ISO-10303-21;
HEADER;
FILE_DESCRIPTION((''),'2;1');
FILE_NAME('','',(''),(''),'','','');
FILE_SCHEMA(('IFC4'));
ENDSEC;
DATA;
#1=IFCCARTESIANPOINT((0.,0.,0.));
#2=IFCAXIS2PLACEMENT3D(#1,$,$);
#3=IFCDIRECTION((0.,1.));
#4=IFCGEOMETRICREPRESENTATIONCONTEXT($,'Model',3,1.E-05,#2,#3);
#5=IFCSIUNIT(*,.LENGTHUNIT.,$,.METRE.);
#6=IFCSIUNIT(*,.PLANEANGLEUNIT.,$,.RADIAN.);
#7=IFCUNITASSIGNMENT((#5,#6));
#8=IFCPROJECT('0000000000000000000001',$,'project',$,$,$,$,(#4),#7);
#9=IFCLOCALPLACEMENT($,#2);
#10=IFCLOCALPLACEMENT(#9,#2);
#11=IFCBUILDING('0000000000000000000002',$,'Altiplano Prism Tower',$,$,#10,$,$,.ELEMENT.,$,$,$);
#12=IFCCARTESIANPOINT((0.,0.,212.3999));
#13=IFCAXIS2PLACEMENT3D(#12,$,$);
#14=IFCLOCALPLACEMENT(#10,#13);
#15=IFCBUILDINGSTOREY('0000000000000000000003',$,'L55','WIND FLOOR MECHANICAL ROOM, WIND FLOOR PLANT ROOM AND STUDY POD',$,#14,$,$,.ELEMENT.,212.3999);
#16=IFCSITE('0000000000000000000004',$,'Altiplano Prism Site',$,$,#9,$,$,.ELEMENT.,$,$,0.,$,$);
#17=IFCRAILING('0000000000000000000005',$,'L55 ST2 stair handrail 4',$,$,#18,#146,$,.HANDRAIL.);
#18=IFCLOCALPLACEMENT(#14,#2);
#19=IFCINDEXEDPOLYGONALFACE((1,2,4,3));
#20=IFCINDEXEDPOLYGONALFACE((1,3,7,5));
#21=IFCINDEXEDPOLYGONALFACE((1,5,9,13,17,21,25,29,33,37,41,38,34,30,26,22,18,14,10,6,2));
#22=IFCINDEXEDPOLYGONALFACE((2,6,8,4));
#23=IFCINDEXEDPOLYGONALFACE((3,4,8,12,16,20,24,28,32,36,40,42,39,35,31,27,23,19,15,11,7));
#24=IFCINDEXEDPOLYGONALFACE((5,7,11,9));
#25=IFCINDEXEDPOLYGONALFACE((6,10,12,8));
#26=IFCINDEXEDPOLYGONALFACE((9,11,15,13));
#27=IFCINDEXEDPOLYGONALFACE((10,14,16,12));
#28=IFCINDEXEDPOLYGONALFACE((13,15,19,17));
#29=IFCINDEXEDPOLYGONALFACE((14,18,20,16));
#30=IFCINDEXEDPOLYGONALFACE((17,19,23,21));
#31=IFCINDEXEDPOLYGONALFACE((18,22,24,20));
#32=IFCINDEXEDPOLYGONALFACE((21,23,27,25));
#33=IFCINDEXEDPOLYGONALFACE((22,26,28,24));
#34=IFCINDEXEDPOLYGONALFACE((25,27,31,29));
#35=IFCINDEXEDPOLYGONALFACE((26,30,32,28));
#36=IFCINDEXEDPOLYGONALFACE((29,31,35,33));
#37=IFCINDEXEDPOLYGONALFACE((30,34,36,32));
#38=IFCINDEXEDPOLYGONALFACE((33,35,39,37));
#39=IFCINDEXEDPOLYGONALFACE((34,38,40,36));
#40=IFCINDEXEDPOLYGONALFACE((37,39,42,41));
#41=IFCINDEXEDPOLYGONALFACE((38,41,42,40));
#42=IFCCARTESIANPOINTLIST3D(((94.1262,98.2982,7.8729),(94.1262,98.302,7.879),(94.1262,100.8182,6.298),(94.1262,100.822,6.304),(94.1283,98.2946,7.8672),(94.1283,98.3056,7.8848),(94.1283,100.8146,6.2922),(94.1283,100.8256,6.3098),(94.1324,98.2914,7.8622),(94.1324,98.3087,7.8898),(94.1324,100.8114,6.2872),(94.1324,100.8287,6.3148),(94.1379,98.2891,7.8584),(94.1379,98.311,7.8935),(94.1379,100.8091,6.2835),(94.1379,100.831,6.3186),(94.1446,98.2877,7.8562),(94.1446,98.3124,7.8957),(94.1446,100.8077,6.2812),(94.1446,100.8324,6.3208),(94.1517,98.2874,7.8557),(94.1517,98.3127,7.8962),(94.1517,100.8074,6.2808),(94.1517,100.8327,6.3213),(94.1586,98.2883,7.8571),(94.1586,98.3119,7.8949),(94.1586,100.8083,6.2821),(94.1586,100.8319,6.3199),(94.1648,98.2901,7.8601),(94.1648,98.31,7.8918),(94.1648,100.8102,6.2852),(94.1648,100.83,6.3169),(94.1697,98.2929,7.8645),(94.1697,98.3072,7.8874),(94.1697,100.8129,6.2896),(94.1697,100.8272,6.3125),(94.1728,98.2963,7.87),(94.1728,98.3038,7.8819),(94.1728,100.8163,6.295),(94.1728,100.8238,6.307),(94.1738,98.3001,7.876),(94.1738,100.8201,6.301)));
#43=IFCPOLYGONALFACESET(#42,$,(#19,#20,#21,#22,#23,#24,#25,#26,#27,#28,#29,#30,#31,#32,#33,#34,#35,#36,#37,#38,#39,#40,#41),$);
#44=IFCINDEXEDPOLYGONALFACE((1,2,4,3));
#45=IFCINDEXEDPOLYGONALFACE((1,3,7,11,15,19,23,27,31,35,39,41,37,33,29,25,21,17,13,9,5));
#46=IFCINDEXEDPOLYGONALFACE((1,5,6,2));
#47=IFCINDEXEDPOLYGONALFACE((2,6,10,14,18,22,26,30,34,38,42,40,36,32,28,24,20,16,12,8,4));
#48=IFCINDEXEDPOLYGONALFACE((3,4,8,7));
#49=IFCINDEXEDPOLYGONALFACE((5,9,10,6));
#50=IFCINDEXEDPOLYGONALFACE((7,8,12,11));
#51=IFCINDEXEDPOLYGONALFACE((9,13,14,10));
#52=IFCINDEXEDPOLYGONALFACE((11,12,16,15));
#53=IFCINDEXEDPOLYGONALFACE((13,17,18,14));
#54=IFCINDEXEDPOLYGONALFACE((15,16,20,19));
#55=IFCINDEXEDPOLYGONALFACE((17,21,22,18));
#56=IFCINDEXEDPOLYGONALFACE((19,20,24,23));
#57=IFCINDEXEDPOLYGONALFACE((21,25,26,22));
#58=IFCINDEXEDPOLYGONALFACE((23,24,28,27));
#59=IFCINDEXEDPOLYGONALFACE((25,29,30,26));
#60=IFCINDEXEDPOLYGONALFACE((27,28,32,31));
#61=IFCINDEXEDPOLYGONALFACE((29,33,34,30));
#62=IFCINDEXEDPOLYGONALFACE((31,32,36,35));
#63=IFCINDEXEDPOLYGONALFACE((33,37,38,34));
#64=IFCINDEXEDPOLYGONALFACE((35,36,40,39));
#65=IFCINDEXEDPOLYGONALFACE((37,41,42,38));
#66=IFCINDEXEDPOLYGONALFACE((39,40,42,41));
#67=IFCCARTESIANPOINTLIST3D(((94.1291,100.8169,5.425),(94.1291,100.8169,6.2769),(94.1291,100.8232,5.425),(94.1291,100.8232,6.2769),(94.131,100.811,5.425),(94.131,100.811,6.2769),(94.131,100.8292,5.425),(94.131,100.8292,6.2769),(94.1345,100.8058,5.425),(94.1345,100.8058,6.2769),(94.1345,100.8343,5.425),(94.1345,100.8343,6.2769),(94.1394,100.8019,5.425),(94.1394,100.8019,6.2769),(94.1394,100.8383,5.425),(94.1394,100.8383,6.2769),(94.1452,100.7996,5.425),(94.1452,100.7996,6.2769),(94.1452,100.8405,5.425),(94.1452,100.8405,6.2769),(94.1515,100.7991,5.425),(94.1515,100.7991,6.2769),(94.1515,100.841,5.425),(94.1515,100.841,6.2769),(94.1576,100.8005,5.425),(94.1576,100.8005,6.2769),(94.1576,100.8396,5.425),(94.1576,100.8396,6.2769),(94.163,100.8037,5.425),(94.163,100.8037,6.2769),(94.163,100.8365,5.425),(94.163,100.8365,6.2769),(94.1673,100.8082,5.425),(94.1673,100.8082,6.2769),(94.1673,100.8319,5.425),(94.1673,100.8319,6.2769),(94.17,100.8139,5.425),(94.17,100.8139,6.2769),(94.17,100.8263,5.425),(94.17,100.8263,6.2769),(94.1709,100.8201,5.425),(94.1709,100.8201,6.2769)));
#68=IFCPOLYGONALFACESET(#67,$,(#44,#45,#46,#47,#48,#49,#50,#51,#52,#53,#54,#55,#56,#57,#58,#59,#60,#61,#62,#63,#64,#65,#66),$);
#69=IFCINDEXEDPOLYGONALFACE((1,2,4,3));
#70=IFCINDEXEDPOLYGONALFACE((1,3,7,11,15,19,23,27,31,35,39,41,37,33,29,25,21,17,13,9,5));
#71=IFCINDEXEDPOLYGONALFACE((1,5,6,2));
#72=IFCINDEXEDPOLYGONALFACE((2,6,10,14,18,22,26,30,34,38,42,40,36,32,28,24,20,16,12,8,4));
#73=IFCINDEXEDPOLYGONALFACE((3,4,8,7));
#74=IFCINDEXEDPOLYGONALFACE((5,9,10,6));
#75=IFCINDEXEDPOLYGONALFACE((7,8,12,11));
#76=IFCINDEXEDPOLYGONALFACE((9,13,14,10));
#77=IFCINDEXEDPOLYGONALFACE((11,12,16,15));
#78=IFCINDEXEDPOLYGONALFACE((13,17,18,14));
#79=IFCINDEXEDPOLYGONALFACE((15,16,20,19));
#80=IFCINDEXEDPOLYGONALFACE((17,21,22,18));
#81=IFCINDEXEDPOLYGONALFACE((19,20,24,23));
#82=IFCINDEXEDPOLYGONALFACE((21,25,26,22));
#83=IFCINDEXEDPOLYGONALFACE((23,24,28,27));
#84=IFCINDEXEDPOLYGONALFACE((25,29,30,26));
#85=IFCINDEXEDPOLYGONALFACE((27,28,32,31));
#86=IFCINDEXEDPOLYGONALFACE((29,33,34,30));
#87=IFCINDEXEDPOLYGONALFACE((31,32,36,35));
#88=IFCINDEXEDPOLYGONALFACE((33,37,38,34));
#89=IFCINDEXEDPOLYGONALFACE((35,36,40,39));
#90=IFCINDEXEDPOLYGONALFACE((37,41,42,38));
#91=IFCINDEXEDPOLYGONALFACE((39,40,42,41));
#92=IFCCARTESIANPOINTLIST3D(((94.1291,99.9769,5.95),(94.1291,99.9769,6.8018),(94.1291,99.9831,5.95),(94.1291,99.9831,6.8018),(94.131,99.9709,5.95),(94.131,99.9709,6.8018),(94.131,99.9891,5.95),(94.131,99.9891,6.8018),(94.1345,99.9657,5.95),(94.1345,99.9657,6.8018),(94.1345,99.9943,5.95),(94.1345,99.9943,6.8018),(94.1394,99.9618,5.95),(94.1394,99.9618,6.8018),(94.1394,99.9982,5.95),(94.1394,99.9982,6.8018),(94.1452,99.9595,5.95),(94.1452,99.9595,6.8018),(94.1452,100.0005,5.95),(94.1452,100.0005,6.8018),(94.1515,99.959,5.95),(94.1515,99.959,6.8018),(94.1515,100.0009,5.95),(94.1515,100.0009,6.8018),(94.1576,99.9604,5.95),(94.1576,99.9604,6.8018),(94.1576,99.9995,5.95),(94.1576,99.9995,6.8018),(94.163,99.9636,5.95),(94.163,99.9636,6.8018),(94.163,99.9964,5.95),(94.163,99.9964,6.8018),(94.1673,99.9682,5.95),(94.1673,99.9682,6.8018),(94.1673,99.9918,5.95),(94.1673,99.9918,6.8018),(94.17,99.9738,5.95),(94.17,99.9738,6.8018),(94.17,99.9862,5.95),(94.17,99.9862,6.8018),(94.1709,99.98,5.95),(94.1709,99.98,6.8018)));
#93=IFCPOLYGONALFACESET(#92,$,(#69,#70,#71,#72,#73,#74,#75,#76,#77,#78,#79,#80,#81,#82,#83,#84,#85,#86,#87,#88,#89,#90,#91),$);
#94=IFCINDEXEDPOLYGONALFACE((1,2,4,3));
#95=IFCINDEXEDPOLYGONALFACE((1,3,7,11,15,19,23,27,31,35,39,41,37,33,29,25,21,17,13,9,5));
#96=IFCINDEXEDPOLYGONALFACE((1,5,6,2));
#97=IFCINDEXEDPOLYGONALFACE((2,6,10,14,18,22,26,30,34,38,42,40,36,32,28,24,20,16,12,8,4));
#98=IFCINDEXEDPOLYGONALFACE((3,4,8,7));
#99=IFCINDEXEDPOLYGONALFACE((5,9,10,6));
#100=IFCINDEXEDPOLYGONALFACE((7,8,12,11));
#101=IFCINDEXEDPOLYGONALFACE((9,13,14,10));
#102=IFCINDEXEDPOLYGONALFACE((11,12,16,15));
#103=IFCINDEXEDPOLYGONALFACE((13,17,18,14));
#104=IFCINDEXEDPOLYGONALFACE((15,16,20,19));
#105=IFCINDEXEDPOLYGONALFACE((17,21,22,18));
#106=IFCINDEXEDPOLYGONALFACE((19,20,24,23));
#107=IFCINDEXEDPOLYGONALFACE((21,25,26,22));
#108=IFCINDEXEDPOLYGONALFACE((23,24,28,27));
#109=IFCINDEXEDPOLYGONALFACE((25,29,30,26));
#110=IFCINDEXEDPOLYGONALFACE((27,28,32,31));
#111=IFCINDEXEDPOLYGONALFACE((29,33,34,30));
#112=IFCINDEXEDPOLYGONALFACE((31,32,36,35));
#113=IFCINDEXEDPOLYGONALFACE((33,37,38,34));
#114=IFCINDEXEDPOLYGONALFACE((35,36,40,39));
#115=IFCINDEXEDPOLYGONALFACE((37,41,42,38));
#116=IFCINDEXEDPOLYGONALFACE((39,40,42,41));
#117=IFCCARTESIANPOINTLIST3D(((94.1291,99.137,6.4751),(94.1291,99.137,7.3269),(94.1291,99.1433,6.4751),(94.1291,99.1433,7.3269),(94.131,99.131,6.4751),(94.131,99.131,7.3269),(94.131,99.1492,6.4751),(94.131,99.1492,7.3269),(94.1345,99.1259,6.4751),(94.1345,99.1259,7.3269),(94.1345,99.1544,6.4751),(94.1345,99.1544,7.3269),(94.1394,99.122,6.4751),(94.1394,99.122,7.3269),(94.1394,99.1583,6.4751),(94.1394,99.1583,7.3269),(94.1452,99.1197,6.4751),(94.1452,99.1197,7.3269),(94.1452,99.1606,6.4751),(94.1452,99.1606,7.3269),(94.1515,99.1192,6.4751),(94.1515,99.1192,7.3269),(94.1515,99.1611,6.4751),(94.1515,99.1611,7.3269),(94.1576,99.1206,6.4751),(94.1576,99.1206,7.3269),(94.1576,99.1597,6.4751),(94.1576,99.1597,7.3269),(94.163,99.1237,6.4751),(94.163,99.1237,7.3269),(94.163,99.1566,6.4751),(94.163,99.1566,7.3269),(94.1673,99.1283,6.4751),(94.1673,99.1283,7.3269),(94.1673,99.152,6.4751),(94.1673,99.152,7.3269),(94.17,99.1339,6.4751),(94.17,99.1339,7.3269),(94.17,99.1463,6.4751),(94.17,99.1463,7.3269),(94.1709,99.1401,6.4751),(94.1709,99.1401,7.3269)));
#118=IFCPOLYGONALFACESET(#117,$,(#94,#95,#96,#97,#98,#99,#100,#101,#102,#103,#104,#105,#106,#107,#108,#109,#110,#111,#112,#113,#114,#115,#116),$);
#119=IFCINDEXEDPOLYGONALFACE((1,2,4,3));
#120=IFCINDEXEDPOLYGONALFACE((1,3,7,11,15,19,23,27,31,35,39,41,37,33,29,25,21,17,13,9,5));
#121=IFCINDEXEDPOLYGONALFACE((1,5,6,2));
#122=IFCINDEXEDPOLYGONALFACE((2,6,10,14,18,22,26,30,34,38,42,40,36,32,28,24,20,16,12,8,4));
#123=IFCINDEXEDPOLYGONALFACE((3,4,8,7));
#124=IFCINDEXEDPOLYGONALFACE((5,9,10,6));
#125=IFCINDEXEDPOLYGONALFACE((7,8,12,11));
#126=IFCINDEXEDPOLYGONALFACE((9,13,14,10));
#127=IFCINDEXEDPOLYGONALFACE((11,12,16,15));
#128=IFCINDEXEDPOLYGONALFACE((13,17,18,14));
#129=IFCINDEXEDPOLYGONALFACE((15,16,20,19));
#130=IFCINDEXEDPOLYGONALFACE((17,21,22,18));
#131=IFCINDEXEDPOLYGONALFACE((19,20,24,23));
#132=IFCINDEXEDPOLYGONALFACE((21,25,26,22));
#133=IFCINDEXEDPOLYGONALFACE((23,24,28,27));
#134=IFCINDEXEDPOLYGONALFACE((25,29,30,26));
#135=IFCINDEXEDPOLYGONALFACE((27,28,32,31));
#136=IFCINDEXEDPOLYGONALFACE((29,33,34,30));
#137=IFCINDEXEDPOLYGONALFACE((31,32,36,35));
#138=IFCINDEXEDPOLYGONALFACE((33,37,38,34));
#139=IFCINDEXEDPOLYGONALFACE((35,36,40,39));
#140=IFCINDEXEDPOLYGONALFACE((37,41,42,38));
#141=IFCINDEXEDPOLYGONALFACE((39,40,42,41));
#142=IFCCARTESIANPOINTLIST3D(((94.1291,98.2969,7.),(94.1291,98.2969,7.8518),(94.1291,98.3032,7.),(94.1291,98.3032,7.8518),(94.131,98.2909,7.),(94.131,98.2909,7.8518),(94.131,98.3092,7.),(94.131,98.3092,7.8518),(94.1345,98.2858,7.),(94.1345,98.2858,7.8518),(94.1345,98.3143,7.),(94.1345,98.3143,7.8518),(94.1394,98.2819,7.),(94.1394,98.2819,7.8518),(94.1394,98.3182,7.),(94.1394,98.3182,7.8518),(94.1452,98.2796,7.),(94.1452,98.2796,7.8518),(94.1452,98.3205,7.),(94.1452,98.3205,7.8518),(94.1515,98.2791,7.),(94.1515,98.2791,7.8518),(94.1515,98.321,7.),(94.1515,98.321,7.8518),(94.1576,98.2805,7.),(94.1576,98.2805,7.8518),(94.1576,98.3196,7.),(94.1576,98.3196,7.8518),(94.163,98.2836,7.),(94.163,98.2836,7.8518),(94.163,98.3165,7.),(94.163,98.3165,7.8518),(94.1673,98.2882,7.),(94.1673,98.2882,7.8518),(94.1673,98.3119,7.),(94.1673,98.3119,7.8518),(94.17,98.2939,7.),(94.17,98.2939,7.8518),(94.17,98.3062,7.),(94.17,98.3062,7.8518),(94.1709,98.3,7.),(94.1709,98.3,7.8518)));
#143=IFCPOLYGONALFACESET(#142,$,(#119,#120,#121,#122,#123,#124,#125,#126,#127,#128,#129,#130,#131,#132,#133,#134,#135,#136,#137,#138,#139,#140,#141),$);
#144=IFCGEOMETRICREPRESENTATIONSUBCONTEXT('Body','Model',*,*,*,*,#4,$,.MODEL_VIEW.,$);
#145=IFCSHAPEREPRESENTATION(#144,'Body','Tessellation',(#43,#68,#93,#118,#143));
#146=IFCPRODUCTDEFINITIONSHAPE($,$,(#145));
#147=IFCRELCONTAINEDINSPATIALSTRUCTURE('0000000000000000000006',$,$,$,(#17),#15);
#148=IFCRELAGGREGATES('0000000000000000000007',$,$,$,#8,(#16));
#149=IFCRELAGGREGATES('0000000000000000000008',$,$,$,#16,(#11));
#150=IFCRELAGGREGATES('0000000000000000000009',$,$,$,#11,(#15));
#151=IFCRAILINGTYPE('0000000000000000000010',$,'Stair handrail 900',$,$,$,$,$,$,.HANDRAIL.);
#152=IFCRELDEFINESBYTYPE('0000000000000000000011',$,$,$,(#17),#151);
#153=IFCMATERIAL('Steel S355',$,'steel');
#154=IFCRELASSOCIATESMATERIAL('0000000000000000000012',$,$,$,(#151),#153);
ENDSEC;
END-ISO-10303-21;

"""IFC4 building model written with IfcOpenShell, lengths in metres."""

from ifc_helpers import new_model, si_unit, direction, frame, origin, origin_2d, place, context, subcontext, project, spatial, circle, extrude, material, type_object, element, save


model = new_model("IFC4")

# Units and contexts
model_context = context("Model", 3, precision=1e-05, world=origin(), true_north=direction((0.0, 1.0)))
body_context = subcontext(model_context, "Body", "Model", "MODEL_VIEW")
ifc_project = project(units=[si_unit("LENGTHUNIT", "METRE"), si_unit("PLANEANGLEUNIT", "RADIAN")], contexts=[model_context])

# Site, building, storey
site_placement = place(None, origin())
site = spatial("IfcSite", under=ifc_project, at=site_placement, Name="Altiplano Prism Site", CompositionType="ELEMENT", RefElevation=0.0)
building_placement = place(site_placement, origin())
building = spatial("IfcBuilding", under=site, at=building_placement, Name="Altiplano Prism Tower", CompositionType="ELEMENT")
storey_placement = place(building_placement, frame((0.0, 0.0, 212.3999)))
storey = spatial("IfcBuildingStorey", under=building, at=storey_placement, Name="L55", Description="WIND FLOOR MECHANICAL ROOM, WIND FLOOR PLANT ROOM AND STUDY POD", CompositionType="ELEMENT", Elevation=212.3999)

# Shared definitions
ifc_material_1 = material(Name="Steel S355", Category="steel")

# Railing
railing_type_1 = type_object("IfcRailingType", Name="Stair handrail 900", PredefinedType="HANDRAIL", material=ifc_material_1)
railing_1_placement = place(storey_placement, frame((94.1499, 100.8201, 5.425)))
element("IfcRailing", 1, at=railing_1_placement, inside=storey, type_object=railing_type_1, Name="L55 ST2 stair handrail 4", PredefinedType="HANDRAIL", context=body_context, shape_type="SweptSolid", body=[
    extrude(circle(Radius=0.0239, at=origin_2d()), frame((0.0, 0.0, 0.876), z_axis=(0.0, -0.848008, 0.529984), x_axis=(1.0, 0.0, 0.0)), (0.0, 0.0, 1.0), 2.9717),
    extrude(circle(Radius=0.021, at=origin_2d()), origin(), (0.0, 0.0, 1.0), 0.8518),
    extrude(circle(Radius=0.021, at=origin_2d()), frame((0.0, -0.8401, 0.5249)), (0.0, 0.0, 1.0), 0.8518),
    extrude(circle(Radius=0.021, at=origin_2d()), frame((0.0, -1.6799, 1.05)), (0.0, 0.0, 1.0), 0.8518),
    extrude(circle(Radius=0.021, at=origin_2d()), frame((0.0, -2.52, 1.575)), (0.0, 0.0, 1.0), 0.8518),
])

save(model, "model.ifc")
